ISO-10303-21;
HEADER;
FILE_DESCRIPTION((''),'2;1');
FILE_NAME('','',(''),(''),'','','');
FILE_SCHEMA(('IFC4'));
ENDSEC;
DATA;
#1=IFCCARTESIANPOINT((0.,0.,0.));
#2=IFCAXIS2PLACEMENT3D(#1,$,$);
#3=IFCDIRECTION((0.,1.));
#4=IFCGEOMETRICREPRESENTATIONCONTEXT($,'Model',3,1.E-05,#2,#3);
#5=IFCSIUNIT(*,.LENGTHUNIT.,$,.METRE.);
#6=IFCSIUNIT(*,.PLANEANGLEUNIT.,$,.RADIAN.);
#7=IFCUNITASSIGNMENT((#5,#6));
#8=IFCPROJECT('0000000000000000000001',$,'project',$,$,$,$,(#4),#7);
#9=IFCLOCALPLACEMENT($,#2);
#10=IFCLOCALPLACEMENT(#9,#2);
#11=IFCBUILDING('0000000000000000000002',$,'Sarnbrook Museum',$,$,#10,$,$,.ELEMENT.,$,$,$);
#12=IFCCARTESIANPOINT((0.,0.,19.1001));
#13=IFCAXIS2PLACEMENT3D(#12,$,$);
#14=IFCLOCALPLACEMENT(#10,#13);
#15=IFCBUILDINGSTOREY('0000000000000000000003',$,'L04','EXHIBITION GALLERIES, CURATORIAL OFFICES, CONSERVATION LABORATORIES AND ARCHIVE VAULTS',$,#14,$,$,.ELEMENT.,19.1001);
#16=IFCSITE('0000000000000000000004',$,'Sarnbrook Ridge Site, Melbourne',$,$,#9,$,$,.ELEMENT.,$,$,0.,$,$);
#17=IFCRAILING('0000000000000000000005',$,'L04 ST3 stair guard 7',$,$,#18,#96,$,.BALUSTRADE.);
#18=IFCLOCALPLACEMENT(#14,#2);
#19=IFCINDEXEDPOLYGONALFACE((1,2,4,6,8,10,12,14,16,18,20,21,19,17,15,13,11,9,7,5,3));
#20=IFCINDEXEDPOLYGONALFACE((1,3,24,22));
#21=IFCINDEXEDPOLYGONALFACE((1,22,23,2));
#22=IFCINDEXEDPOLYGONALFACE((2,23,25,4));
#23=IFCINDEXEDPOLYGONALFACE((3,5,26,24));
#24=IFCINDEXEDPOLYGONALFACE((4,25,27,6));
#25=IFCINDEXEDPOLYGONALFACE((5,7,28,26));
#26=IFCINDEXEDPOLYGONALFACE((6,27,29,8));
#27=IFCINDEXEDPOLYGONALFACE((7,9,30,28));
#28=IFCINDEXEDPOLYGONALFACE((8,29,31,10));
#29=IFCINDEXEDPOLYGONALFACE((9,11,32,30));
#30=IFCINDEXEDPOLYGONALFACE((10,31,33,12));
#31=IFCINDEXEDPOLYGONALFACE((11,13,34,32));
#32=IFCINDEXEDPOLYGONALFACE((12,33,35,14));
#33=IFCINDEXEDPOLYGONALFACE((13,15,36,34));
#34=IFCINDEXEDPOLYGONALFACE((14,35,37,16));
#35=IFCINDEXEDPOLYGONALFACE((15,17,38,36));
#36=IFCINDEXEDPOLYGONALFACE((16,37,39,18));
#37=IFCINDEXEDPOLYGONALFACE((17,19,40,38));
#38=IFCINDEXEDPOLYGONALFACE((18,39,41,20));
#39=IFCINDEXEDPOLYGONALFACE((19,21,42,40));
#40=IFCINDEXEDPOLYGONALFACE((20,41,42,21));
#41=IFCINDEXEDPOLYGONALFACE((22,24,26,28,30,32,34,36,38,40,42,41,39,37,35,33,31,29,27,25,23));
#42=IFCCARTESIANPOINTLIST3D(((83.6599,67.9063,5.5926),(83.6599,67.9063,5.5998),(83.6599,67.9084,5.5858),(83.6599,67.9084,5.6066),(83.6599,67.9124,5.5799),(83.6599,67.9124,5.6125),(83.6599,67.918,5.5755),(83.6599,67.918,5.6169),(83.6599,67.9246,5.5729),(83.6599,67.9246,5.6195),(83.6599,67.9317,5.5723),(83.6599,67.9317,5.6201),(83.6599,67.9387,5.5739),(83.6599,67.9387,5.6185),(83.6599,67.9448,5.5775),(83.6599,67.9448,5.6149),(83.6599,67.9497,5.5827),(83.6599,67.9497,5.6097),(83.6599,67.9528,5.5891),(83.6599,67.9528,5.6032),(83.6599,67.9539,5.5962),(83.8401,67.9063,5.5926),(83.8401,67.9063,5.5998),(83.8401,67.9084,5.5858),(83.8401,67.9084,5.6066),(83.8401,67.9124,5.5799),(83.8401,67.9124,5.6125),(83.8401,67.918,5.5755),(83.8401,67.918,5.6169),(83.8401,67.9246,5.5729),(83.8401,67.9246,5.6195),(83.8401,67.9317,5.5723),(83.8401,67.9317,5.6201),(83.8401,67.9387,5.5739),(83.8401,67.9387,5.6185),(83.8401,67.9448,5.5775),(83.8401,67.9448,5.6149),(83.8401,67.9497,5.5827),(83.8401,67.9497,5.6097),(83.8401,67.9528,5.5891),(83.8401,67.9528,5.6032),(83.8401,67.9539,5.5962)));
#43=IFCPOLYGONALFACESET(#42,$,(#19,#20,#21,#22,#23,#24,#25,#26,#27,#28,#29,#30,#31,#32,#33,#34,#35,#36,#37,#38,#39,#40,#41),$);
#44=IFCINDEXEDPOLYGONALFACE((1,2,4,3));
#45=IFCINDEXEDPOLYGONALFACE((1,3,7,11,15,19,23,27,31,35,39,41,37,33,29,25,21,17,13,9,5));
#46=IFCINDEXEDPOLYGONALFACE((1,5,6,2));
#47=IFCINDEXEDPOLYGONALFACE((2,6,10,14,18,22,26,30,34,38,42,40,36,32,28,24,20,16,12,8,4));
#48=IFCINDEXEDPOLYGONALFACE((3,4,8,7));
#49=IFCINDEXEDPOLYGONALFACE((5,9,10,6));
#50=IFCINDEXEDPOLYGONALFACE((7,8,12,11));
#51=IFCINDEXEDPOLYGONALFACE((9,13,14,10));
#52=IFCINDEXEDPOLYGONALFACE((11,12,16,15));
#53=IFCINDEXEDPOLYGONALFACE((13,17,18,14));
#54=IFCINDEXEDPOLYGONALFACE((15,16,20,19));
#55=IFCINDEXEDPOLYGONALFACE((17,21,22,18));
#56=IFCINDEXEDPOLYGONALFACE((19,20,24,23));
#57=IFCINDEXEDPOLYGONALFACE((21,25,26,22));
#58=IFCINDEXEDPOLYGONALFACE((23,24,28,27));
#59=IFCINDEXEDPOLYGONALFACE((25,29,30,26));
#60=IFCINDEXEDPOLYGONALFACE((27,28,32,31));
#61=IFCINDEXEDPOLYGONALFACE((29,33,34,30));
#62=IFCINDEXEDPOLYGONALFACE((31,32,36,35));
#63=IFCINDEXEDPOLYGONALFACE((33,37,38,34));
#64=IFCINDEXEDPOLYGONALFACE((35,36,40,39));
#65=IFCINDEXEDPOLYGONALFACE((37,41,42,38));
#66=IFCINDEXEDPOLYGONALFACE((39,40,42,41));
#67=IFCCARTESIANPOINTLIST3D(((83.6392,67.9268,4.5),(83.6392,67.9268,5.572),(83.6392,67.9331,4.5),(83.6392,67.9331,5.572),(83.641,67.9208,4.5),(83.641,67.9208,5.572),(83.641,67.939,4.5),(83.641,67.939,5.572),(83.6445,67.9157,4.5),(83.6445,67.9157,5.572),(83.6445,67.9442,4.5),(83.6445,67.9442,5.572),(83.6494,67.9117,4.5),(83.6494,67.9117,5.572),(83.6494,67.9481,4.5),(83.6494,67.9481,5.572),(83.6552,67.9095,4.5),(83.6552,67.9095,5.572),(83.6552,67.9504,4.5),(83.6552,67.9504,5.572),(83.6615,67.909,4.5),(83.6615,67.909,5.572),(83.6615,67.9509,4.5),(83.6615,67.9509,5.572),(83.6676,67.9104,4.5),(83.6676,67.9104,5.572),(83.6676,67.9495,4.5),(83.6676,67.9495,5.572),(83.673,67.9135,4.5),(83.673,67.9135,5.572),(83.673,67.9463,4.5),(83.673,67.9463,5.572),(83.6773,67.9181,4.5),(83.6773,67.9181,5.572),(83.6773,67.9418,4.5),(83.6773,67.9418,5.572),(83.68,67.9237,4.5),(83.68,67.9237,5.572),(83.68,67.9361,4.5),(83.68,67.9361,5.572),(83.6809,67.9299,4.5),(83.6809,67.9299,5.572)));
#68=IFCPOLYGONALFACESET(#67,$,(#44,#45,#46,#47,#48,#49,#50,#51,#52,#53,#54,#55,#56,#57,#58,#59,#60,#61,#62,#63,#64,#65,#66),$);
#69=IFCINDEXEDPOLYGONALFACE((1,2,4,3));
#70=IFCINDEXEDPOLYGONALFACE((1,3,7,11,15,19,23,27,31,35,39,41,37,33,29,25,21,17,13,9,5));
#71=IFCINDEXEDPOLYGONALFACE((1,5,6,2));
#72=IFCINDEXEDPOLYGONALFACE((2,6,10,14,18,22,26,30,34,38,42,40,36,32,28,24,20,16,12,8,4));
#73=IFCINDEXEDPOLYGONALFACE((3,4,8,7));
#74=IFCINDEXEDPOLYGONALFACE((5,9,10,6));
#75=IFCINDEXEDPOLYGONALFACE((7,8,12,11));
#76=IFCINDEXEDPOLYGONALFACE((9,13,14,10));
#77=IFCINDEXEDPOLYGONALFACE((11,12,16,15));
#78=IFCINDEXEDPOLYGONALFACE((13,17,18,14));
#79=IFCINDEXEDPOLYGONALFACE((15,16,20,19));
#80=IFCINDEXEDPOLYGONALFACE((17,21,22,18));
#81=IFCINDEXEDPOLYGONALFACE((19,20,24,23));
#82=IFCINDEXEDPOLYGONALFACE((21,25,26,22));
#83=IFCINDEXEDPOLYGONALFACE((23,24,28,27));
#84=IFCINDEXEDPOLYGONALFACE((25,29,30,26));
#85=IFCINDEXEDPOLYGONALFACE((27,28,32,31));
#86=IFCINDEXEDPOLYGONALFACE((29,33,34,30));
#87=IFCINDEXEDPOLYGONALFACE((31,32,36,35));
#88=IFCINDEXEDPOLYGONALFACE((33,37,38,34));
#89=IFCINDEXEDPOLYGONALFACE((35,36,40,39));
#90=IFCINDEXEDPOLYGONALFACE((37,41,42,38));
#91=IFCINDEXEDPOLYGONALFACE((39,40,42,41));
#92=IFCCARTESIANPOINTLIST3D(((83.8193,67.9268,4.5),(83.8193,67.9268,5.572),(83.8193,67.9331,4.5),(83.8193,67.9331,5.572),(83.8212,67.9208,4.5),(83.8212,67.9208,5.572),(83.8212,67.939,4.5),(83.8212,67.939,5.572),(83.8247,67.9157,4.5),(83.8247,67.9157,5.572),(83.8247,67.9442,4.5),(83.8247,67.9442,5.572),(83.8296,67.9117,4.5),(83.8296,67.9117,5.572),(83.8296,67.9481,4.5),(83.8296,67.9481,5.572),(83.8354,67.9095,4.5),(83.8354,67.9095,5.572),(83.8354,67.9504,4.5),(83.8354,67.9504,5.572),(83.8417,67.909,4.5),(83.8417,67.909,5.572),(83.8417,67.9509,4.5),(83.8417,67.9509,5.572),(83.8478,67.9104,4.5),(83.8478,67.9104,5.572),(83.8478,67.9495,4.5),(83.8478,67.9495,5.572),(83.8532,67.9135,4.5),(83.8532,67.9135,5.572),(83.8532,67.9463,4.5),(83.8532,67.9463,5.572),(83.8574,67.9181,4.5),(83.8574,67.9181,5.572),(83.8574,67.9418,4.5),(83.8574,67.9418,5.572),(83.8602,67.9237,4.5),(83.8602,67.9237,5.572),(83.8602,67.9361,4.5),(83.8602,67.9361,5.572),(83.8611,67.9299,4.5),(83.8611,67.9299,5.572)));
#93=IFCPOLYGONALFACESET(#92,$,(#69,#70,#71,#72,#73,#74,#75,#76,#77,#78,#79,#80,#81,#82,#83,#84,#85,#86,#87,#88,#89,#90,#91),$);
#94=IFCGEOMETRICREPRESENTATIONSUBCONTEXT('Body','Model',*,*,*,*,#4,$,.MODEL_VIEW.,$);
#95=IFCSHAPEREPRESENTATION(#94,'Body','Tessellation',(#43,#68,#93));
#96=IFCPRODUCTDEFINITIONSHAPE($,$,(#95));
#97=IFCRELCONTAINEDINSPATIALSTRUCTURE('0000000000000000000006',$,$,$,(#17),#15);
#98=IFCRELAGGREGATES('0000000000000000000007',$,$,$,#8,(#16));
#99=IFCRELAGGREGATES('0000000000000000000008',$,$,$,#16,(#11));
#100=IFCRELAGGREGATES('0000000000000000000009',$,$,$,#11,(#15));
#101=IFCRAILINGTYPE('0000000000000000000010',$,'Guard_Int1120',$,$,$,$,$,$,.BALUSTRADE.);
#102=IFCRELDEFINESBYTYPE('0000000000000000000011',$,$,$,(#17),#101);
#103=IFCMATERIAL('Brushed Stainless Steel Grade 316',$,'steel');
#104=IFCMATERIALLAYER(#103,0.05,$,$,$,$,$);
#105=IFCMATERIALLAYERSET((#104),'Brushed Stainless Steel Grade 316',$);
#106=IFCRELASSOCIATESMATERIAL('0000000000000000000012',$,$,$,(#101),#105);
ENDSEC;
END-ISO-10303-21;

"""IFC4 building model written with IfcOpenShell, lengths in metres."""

from ifc_helpers import new_model, si_unit, direction, frame, origin, origin_2d, place, context, subcontext, project, spatial, circle, extrude, material, layer, layer_set, type_object, element, save


model = new_model("IFC4")

# Units and contexts
model_context = context("Model", 3, precision=1e-05, world=origin(), true_north=direction((0.0, 1.0)))
body_context = subcontext(model_context, "Body", "Model", "MODEL_VIEW")
ifc_project = project(units=[si_unit("LENGTHUNIT", "METRE"), si_unit("PLANEANGLEUNIT", "RADIAN")], contexts=[model_context])

# Site, building, storey
site_placement = place(None, origin())
site = spatial("IfcSite", under=ifc_project, at=site_placement, Name="Sarnbrook Ridge Site, Melbourne", CompositionType="ELEMENT", RefElevation=0.0)
building_placement = place(site_placement, origin())
building = spatial("IfcBuilding", under=site, at=building_placement, Name="Sarnbrook Museum", CompositionType="ELEMENT")
storey_placement = place(building_placement, frame((0.0, 0.0, 19.1001)))
storey = spatial("IfcBuildingStorey", under=building, at=storey_placement, Name="L04", Description="EXHIBITION GALLERIES, CURATORIAL OFFICES, CONSERVATION LABORATORIES AND ARCHIVE VAULTS", CompositionType="ELEMENT", Elevation=19.1001)

# Shared definitions
ifc_material_1 = material(Name="Brushed Stainless Steel Grade 316", Category="steel")

# Railing
ifc_layer_1 = layer(ifc_material_1, 0.05)
ifc_layer_set_1 = layer_set([ifc_layer_1], Name="Brushed Stainless Steel Grade 316")
railing_type_1 = type_object("IfcRailingType", Name="Guard_Int1120", PredefinedType="BALUSTRADE", material=ifc_layer_set_1)
railing_1_placement = place(storey_placement, frame((83.6599, 67.9299, 4.5)))
element("IfcRailing", 1, at=railing_1_placement, inside=storey, type_object=railing_type_1, Name="L04 ST3 stair guard 7", PredefinedType="BALUSTRADE", context=body_context, shape_type="SweptSolid", body=[
    extrude(circle(Radius=0.0239, at=origin_2d()), frame((0.0, 0.0, 1.0962), z_axis=(1.0, 0.0, 0.0), x_axis=(0.0, 1.0, 0.0)), (0.0, 0.0, 1.0), 0.1802),
    extrude(circle(Radius=0.021, at=origin_2d()), origin(), (0.0, 0.0, 1.0), 1.072),
    extrude(circle(Radius=0.021, at=origin_2d()), frame((0.1802, 0.0, 0.0)), (0.0, 0.0, 1.0), 1.072),
])

save(model, "model.ifc")
